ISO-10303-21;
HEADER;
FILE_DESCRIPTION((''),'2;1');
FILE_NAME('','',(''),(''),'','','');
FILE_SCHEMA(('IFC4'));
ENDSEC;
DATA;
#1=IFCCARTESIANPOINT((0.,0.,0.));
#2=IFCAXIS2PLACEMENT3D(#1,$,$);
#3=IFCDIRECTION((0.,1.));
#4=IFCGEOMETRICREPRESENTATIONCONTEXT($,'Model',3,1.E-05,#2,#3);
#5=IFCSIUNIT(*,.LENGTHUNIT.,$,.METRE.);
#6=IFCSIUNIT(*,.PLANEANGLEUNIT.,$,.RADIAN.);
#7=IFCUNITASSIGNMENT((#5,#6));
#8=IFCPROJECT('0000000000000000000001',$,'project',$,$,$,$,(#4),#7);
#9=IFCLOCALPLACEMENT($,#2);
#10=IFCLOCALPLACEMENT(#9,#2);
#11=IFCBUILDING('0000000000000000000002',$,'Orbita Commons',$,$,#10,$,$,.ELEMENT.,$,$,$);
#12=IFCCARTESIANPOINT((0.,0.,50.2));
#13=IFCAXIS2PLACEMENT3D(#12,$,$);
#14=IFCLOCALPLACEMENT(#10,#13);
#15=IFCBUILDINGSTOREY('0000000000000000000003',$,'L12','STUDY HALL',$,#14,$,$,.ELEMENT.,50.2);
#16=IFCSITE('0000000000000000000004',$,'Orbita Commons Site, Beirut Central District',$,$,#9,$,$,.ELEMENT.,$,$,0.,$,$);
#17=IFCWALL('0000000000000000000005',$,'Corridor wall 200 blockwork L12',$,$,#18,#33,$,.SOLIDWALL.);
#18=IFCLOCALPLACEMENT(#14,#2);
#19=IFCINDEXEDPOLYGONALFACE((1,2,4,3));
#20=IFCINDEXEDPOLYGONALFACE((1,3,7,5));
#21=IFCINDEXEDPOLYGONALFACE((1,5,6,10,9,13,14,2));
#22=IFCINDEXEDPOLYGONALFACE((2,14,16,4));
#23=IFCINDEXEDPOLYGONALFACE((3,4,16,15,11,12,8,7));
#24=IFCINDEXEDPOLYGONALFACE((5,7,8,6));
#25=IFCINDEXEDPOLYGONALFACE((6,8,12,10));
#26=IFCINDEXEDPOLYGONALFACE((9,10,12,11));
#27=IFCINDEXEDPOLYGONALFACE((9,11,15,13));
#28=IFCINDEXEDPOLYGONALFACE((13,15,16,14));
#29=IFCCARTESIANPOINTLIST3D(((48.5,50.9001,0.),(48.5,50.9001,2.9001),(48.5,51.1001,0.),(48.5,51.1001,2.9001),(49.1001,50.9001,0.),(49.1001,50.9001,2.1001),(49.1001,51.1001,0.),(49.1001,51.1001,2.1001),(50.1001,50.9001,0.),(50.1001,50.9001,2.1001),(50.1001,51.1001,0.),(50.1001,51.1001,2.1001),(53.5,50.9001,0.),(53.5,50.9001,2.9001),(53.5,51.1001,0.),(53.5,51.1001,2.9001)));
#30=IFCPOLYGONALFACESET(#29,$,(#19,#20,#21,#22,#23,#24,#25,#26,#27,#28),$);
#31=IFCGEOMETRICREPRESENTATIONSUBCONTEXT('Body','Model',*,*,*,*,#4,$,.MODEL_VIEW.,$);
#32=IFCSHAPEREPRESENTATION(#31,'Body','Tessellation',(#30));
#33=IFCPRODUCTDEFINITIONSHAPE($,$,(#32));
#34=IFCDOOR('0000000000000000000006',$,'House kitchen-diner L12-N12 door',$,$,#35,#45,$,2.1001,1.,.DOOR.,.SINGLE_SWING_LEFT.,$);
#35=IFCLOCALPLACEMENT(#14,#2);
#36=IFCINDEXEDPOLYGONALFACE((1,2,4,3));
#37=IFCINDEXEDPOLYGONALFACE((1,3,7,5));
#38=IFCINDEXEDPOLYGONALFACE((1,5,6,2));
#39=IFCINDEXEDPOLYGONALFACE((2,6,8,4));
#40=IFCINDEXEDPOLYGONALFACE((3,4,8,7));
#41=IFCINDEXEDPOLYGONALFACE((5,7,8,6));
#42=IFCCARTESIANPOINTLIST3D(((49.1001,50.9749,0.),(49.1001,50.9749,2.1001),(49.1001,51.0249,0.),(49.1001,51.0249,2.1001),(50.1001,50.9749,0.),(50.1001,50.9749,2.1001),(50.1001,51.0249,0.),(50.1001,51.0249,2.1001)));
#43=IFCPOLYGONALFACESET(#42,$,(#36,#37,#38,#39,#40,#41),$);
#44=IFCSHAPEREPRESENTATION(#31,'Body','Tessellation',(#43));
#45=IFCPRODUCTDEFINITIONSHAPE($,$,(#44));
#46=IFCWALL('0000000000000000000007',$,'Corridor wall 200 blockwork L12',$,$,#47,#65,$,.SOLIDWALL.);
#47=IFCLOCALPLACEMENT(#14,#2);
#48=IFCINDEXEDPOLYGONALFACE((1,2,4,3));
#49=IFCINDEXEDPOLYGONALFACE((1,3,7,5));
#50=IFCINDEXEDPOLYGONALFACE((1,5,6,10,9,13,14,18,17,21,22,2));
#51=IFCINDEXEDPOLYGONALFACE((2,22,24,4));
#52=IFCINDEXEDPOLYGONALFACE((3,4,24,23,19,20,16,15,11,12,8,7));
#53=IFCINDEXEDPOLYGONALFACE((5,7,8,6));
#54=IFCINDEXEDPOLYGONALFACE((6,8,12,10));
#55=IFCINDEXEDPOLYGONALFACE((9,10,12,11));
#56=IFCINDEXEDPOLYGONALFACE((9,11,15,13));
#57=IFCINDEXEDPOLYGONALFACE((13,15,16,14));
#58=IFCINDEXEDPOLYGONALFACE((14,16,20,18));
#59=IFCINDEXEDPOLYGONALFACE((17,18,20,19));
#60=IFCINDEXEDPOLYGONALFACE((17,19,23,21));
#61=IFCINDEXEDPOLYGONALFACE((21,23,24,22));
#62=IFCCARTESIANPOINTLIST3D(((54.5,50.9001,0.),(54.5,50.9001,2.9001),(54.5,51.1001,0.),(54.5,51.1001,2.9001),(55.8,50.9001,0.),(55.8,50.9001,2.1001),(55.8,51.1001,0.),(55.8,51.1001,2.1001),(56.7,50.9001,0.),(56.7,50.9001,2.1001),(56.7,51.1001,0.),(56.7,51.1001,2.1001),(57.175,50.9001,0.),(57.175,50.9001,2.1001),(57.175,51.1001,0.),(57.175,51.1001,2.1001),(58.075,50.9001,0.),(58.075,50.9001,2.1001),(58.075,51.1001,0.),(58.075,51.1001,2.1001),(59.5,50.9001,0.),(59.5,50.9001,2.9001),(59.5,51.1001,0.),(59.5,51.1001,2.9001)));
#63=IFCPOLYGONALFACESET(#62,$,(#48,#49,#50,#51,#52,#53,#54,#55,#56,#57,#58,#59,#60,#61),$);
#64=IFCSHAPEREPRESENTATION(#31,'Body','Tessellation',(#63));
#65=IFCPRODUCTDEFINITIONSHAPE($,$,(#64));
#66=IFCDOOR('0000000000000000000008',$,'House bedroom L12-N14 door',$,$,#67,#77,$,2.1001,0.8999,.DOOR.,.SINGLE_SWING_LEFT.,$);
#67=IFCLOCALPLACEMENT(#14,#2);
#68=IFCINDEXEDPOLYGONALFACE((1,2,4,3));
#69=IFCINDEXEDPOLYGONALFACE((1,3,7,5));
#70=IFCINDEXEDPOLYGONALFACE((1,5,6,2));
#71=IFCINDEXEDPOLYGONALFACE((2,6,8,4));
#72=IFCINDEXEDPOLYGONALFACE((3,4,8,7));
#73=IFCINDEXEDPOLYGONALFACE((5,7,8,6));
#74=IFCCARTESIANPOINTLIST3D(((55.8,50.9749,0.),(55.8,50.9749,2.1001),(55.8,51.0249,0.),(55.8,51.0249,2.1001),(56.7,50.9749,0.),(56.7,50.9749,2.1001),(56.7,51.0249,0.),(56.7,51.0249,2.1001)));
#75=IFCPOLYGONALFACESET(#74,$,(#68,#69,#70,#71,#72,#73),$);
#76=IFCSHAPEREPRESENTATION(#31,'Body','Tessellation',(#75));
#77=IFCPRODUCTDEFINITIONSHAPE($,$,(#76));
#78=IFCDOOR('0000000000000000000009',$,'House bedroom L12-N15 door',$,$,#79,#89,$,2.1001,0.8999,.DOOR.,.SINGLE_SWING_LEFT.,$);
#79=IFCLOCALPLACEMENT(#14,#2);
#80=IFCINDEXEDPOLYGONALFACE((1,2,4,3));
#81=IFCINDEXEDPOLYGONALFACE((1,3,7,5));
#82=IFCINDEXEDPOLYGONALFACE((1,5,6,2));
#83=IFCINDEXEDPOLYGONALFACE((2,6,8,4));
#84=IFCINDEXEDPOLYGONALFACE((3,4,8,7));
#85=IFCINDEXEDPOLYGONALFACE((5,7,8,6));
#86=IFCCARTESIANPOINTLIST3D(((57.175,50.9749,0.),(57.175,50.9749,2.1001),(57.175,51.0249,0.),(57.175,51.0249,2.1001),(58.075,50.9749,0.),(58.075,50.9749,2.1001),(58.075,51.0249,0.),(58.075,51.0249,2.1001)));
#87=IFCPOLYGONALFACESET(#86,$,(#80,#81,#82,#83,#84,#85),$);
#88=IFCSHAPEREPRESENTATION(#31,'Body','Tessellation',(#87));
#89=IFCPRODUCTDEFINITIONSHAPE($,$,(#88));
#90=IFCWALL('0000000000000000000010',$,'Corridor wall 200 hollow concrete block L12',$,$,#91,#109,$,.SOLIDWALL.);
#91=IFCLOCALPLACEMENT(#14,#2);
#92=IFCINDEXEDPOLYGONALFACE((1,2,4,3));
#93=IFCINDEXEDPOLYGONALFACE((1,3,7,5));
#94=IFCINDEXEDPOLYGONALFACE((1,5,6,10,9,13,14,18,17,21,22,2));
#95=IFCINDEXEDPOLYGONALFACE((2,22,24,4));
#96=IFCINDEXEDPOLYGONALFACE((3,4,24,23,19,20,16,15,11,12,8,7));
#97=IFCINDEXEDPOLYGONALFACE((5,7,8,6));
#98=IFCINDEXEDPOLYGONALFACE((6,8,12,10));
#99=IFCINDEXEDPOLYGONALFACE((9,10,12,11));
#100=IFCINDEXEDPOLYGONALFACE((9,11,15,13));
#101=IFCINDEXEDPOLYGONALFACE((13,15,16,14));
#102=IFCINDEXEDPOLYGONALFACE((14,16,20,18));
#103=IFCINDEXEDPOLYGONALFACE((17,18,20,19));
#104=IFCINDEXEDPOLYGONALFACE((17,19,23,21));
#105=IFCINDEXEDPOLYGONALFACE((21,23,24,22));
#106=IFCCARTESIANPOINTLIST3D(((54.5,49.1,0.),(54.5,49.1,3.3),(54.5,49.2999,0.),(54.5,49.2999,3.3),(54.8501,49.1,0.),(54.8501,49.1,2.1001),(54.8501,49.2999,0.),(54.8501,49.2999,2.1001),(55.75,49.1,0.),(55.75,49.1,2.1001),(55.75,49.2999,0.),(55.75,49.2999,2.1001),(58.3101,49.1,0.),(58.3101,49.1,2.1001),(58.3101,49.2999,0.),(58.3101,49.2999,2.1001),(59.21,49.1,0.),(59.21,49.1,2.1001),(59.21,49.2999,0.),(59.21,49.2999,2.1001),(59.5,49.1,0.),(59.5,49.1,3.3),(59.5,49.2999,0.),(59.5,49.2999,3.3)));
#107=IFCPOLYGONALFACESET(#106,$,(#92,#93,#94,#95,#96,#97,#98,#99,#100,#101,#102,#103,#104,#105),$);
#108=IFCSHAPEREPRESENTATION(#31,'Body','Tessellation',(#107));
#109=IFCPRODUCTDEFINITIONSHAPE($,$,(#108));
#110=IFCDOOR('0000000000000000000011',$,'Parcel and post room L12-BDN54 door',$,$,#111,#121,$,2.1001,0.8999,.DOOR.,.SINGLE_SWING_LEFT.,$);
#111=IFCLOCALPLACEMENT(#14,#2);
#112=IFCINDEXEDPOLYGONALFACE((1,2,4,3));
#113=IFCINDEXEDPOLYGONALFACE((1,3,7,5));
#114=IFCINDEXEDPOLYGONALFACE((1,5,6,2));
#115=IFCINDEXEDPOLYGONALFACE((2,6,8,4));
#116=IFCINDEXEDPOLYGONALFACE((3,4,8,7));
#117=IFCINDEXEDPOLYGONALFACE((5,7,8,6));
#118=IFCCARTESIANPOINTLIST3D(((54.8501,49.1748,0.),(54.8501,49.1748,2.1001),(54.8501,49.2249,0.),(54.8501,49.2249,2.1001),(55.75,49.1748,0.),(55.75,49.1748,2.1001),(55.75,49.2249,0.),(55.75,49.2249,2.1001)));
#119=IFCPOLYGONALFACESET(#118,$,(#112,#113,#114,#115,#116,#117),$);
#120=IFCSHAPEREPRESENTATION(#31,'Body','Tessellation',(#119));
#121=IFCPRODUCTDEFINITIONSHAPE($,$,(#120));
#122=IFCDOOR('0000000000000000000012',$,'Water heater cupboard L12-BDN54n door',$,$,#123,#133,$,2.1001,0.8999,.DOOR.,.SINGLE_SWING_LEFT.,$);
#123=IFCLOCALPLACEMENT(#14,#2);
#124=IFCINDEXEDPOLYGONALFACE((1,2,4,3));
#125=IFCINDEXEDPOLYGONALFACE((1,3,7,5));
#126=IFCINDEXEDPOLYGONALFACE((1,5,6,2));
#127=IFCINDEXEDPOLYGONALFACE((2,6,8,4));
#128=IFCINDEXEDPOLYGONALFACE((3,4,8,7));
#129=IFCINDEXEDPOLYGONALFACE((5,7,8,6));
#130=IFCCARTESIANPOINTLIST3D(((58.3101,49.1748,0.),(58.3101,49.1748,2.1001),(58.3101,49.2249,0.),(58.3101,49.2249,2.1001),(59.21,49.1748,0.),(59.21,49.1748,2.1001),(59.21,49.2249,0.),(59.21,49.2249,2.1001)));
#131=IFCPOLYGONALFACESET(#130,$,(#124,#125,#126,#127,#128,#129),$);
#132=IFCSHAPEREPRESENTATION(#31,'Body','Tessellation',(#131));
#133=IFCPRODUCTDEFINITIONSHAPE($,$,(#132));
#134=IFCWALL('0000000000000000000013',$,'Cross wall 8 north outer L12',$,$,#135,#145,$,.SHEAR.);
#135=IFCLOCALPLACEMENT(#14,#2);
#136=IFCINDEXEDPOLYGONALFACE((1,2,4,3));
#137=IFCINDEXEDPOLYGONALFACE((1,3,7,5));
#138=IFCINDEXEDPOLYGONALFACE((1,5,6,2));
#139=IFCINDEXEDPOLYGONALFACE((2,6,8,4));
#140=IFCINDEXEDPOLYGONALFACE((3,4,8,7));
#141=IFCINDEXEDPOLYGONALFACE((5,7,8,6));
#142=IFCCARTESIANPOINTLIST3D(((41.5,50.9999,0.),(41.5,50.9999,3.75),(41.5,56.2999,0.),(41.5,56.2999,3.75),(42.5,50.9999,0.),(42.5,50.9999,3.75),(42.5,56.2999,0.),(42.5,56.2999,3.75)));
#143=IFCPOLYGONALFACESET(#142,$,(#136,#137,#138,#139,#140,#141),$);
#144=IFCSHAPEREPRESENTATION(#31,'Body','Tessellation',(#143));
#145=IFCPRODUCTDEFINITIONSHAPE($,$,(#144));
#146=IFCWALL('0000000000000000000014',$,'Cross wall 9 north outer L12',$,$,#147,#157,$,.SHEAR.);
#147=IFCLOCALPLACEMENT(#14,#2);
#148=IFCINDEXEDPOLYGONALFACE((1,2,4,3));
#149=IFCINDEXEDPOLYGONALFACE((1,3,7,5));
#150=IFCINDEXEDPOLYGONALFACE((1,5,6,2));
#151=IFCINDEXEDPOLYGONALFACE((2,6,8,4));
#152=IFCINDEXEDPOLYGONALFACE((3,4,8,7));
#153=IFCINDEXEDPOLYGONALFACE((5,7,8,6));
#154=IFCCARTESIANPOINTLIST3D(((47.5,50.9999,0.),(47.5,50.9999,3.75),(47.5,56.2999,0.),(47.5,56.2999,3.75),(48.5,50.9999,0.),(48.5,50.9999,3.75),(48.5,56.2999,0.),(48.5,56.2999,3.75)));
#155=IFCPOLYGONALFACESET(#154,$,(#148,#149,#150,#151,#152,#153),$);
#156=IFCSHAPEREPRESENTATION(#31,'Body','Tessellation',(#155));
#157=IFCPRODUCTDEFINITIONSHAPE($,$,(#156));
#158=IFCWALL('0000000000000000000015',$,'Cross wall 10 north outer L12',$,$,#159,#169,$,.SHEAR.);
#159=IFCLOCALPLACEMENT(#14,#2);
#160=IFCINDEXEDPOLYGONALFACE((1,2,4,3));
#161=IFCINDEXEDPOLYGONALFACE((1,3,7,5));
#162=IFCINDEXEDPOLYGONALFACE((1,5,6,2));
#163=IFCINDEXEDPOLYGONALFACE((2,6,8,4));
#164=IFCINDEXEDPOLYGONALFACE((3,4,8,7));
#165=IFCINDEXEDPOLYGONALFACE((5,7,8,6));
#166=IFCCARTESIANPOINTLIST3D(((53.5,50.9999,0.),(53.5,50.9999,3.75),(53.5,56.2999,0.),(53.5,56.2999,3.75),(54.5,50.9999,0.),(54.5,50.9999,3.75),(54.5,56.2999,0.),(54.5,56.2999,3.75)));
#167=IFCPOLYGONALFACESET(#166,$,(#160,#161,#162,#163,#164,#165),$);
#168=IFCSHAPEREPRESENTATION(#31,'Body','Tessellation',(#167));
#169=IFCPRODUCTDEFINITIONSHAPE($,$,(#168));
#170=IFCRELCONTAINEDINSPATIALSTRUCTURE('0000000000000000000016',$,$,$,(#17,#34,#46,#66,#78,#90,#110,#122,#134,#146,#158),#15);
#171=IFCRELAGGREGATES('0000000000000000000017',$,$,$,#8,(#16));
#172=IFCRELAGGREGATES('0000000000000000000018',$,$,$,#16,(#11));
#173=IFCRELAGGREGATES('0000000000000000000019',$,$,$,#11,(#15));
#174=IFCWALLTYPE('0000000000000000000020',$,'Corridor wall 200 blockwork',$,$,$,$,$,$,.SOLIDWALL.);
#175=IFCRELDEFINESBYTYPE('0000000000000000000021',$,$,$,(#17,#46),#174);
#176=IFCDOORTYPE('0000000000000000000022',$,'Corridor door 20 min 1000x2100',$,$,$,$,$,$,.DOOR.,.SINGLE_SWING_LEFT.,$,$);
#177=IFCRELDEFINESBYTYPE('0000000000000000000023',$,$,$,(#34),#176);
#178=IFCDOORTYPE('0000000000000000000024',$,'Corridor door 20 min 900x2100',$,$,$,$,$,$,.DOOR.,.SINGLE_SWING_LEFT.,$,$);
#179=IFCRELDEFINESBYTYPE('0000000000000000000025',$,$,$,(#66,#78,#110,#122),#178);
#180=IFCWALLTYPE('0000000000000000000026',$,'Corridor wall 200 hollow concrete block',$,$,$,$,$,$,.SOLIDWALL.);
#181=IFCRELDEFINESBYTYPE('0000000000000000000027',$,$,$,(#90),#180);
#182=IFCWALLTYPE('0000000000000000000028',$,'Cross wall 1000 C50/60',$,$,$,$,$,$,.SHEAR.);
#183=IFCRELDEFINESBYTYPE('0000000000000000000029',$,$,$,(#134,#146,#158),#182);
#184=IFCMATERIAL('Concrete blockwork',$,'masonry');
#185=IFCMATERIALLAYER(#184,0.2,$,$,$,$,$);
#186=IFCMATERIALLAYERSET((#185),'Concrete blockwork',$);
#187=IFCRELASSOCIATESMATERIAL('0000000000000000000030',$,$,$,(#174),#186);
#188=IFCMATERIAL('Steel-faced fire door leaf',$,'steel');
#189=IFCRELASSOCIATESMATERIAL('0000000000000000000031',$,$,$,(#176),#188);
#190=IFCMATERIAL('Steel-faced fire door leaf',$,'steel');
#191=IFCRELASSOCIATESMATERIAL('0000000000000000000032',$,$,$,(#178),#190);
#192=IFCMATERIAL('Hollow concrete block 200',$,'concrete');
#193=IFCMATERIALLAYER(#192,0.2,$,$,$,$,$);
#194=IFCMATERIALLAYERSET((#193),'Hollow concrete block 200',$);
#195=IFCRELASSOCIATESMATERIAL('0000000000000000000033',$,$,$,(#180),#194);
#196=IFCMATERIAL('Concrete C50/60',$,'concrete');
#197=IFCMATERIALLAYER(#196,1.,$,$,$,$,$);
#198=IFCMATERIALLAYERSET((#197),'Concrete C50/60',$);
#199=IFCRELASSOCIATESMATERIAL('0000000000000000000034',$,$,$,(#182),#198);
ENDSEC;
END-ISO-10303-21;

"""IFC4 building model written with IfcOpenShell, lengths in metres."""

from ifc_helpers import new_model, si_unit, direction, frame, frame_2d, origin, place, context, subcontext, project, spatial, polyline, rectangle, outline, extrude, material, layer, layer_set, type_object, element, fill, save


model = new_model("IFC4")

# Units and contexts
model_context = context("Model", 3, precision=1e-05, world=origin(), true_north=direction((0.0, 1.0)))
body_context = subcontext(model_context, "Body", "Model", "MODEL_VIEW")
ifc_project = project(units=[si_unit("LENGTHUNIT", "METRE"), si_unit("PLANEANGLEUNIT", "RADIAN")], contexts=[model_context])

# Site, building, storey
site_placement = place(None, origin())
site = spatial("IfcSite", under=ifc_project, at=site_placement, Name="Orbita Commons Site, Beirut Central District", CompositionType="ELEMENT", RefElevation=0.0)
building_placement = place(site_placement, origin())
building = spatial("IfcBuilding", under=site, at=building_placement, Name="Orbita Commons", CompositionType="ELEMENT")
storey_placement = place(building_placement, frame((0.0, 0.0, 50.2)))
storey = spatial("IfcBuildingStorey", under=building, at=storey_placement, Name="L12", Description="STUDY HALL", CompositionType="ELEMENT", Elevation=50.2)

# Wall, opening, door
ifc_material_1 = material(Name="Concrete blockwork", Category="masonry")
ifc_layer_1 = layer(ifc_material_1, 0.2)
ifc_layer_set_1 = layer_set([ifc_layer_1], Name="Concrete blockwork")
wall_type_1 = type_object("IfcWallType", Name="Corridor wall 200 blockwork", PredefinedType="SOLIDWALL", material=ifc_layer_set_1)
ifc_material_2 = material(Name="Steel-faced fire door leaf", Category="steel")
door_type_1 = type_object("IfcDoorType", Name="Corridor door 20 min 1000x2100", OperationType="SINGLE_SWING_LEFT", PredefinedType="DOOR", material=ifc_material_2)
wall_1_placement = place(storey_placement, frame((48.5, 51.0, 0.0), z_axis=(0.0, 0.0, 1.0), x_axis=(1.0, 0.0, 0.0)))
wall_1 = element("IfcWall", 1, at=wall_1_placement, inside=storey, type_object=wall_type_1, Name="Corridor wall 200 blockwork L12", PredefinedType="SOLIDWALL", context=body_context, shape_type="SweptSolid", body=[
    extrude(outline(polyline([(0.0, 0.0), (5.0, 0.0), (5.0, 2.9001), (0.0, 2.9001), (0.0, 0.0)])), frame((0.0, 0.1001, 0.0), z_axis=(0.0, -1.0, 0.0), x_axis=(1.0, 0.0, 0.0)), (0.0, 0.0, 1.0), 0.2),
])
opening_1_placement = place(wall_1_placement, frame((0.6001, 0.0, 0.0)))
opening_1 = element("IfcOpeningElement", 2, at=opening_1_placement, cuts=wall_1, PredefinedType="OPENING", context=body_context, shape_type="SweptSolid", body=[
    extrude(rectangle(XDim=1.0, YDim=2.1001, at=frame_2d((0.5, 1.05))), frame((0.0, 0.1099, 0.0), z_axis=(0.0, -1.0, 0.0), x_axis=(1.0, 0.0, 0.0)), (0.0, 0.0, 1.0), 0.22),
])
door_1_placement = place(opening_1_placement, origin())
door_1 = element("IfcDoor", 3, at=door_1_placement, inside=storey, type_object=door_type_1, Name="House kitchen-diner L12-N12 door", OperationType="SINGLE_SWING_LEFT", OverallHeight=2.1001, OverallWidth=1.0, PredefinedType="DOOR", context=body_context, shape_type="SweptSolid", body=[
    extrude(rectangle(XDim=1.0, YDim=2.1001, at=frame_2d((0.5, 1.05))), frame((0.0, 0.0249, 0.0), z_axis=(0.0, -1.0, 0.0), x_axis=(1.0, 0.0, 0.0)), (0.0, 0.0, 1.0), 0.05),
])
fill(opening_1, door_1)

# Walls, openings, doors
wall_2_placement = place(storey_placement, frame((54.5, 51.0, 0.0), z_axis=(0.0, 0.0, 1.0), x_axis=(1.0, 0.0, 0.0)))
wall_2 = element("IfcWall", 4, at=wall_2_placement, inside=storey, type_object=wall_type_1, Name="Corridor wall 200 blockwork L12", PredefinedType="SOLIDWALL", context=body_context, shape_type="SweptSolid", body=[
    extrude(outline(polyline([(0.0, 0.0), (5.0, 0.0), (5.0, 2.9001), (0.0, 2.9001), (0.0, 0.0)])), frame((0.0, 0.1001, 0.0), z_axis=(0.0, -1.0, 0.0), x_axis=(1.0, 0.0, 0.0)), (0.0, 0.0, 1.0), 0.2),
])
opening_2_placement = place(wall_2_placement, frame((1.3, 0.0, 0.0)))
opening_2 = element("IfcOpeningElement", 5, at=opening_2_placement, cuts=wall_2, PredefinedType="OPENING", context=body_context, shape_type="SweptSolid", body=[
    extrude(rectangle(XDim=0.8999, YDim=2.1001, at=frame_2d((0.45, 1.05))), frame((0.0, 0.1099, 0.0), z_axis=(0.0, -1.0, 0.0), x_axis=(1.0, 0.0, 0.0)), (0.0, 0.0, 1.0), 0.22),
])
opening_3_placement = place(wall_2_placement, frame((2.675, 0.0, 0.0)))
opening_3 = element("IfcOpeningElement", 6, at=opening_3_placement, cuts=wall_2, PredefinedType="OPENING", context=body_context, shape_type="SweptSolid", body=[
    extrude(rectangle(XDim=0.8999, YDim=2.1001, at=frame_2d((0.45, 1.05))), frame((0.0, 0.1099, 0.0), z_axis=(0.0, -1.0, 0.0), x_axis=(1.0, 0.0, 0.0)), (0.0, 0.0, 1.0), 0.22),
])
ifc_material_3 = material(Name="Steel-faced fire door leaf", Category="steel")
door_type_2 = type_object("IfcDoorType", Name="Corridor door 20 min 900x2100", OperationType="SINGLE_SWING_LEFT", PredefinedType="DOOR", material=ifc_material_3)
door_2_placement = place(opening_2_placement, origin())
door_2 = element("IfcDoor", 7, at=door_2_placement, inside=storey, type_object=door_type_2, Name="House bedroom L12-N14 door", OperationType="SINGLE_SWING_LEFT", OverallHeight=2.1001, OverallWidth=0.8999, PredefinedType="DOOR", context=body_context, shape_type="SweptSolid", body=[
    extrude(rectangle(XDim=0.8999, YDim=2.1001, at=frame_2d((0.45, 1.05))), frame((0.0, 0.0249, 0.0), z_axis=(0.0, -1.0, 0.0), x_axis=(1.0, 0.0, 0.0)), (0.0, 0.0, 1.0), 0.05),
])
fill(opening_2, door_2)
door_3_placement = place(opening_3_placement, origin())
door_3 = element("IfcDoor", 8, at=door_3_placement, inside=storey, type_object=door_type_2, Name="House bedroom L12-N15 door", OperationType="SINGLE_SWING_LEFT", OverallHeight=2.1001, OverallWidth=0.8999, PredefinedType="DOOR", context=body_context, shape_type="SweptSolid", body=[
    extrude(rectangle(XDim=0.8999, YDim=2.1001, at=frame_2d((0.45, 1.05))), frame((0.0, 0.0249, 0.0), z_axis=(0.0, -1.0, 0.0), x_axis=(1.0, 0.0, 0.0)), (0.0, 0.0, 1.0), 0.05),
])
fill(opening_3, door_3)
ifc_material_4 = material(Name="Hollow concrete block 200", Category="concrete")
ifc_layer_2 = layer(ifc_material_4, 0.2)
ifc_layer_set_2 = layer_set([ifc_layer_2], Name="Hollow concrete block 200")
wall_type_2 = type_object("IfcWallType", Name="Corridor wall 200 hollow concrete block", PredefinedType="SOLIDWALL", material=ifc_layer_set_2)
wall_3_placement = place(storey_placement, frame((54.5, 49.2, 0.0), z_axis=(0.0, 0.0, 1.0), x_axis=(1.0, 0.0, 0.0)))
wall_3 = element("IfcWall", 9, at=wall_3_placement, inside=storey, type_object=wall_type_2, Name="Corridor wall 200 hollow concrete block L12", PredefinedType="SOLIDWALL", context=body_context, shape_type="SweptSolid", body=[
    extrude(rectangle(XDim=5.0, YDim=0.2, at=frame_2d((2.5, 0.0))), origin(), (0.0, 0.0, 1.0), 3.3),
])
opening_4_placement = place(wall_3_placement, frame((0.3501, 0.0, 0.0)))
opening_4 = element("IfcOpeningElement", 10, at=opening_4_placement, cuts=wall_3, PredefinedType="OPENING", context=body_context, shape_type="SweptSolid", body=[
    extrude(rectangle(XDim=0.8999, YDim=2.1001, at=frame_2d((0.45, 1.05))), frame((0.0, 0.1099, 0.0), z_axis=(0.0, -1.0, 0.0), x_axis=(1.0, 0.0, 0.0)), (0.0, 0.0, 1.0), 0.22),
])
opening_5_placement = place(wall_3_placement, frame((3.8101, 0.0, 0.0)))
opening_5 = element("IfcOpeningElement", 11, at=opening_5_placement, cuts=wall_3, PredefinedType="OPENING", context=body_context, shape_type="SweptSolid", body=[
    extrude(rectangle(XDim=0.8999, YDim=2.1001, at=frame_2d((0.45, 1.05))), frame((0.0, 0.1099, 0.0), z_axis=(0.0, -1.0, 0.0), x_axis=(1.0, 0.0, 0.0)), (0.0, 0.0, 1.0), 0.22),
])
door_4_placement = place(opening_4_placement, origin())
door_4 = element("IfcDoor", 12, at=door_4_placement, inside=storey, type_object=door_type_2, Name="Parcel and post room L12-BDN54 door", OperationType="SINGLE_SWING_LEFT", OverallHeight=2.1001, OverallWidth=0.8999, PredefinedType="DOOR", context=body_context, shape_type="SweptSolid", body=[
    extrude(rectangle(XDim=0.8999, YDim=2.1001, at=frame_2d((0.45, 1.05))), frame((0.0, 0.0249, 0.0), z_axis=(0.0, -1.0, 0.0), x_axis=(1.0, 0.0, 0.0)), (0.0, 0.0, 1.0), 0.05),
])
fill(opening_4, door_4)
door_5_placement = place(opening_5_placement, origin())
door_5 = element("IfcDoor", 13, at=door_5_placement, inside=storey, type_object=door_type_2, Name="Water heater cupboard L12-BDN54n door", OperationType="SINGLE_SWING_LEFT", OverallHeight=2.1001, OverallWidth=0.8999, PredefinedType="DOOR", context=body_context, shape_type="SweptSolid", body=[
    extrude(rectangle(XDim=0.8999, YDim=2.1001, at=frame_2d((0.45, 1.05))), frame((0.0, 0.0249, 0.0), z_axis=(0.0, -1.0, 0.0), x_axis=(1.0, 0.0, 0.0)), (0.0, 0.0, 1.0), 0.05),
])
fill(opening_5, door_5)

# Walls
ifc_material_5 = material(Name="Concrete C50/60", Category="concrete")
ifc_layer_3 = layer(ifc_material_5, 1.0)
ifc_layer_set_3 = layer_set([ifc_layer_3], Name="Concrete C50/60")
wall_type_3 = type_object("IfcWallType", Name="Cross wall 1000 C50/60", PredefinedType="SHEAR", material=ifc_layer_set_3)
for number, where, z_axis, x_axis, name in (
    (14, (42.0, 51.0, 0.0), (0.0, 0.0, 1.0), (0.0, 1.0, 0.0), "Cross wall 8 north outer L12"),
    (15, (48.0, 51.0, 0.0), (0.0, 0.0, 1.0), (0.0, 1.0, 0.0), "Cross wall 9 north outer L12"),
    (16, (54.0, 51.0, 0.0), (0.0, 0.0, 1.0), (0.0, 1.0, 0.0), "Cross wall 10 north outer L12"),
):
    element("IfcWall", number, at=place(storey_placement, frame(where, z_axis=z_axis, x_axis=x_axis)), inside=storey, type_object=wall_type_3, Name=name, PredefinedType="SHEAR", context=body_context, shape_type="SweptSolid", body=[
        extrude(rectangle(XDim=5.3, YDim=1.0, at=frame_2d((2.6499, 0.0))), origin(), (0.0, 0.0, 1.0), 3.75),
    ])

save(model, "model.ifc")
